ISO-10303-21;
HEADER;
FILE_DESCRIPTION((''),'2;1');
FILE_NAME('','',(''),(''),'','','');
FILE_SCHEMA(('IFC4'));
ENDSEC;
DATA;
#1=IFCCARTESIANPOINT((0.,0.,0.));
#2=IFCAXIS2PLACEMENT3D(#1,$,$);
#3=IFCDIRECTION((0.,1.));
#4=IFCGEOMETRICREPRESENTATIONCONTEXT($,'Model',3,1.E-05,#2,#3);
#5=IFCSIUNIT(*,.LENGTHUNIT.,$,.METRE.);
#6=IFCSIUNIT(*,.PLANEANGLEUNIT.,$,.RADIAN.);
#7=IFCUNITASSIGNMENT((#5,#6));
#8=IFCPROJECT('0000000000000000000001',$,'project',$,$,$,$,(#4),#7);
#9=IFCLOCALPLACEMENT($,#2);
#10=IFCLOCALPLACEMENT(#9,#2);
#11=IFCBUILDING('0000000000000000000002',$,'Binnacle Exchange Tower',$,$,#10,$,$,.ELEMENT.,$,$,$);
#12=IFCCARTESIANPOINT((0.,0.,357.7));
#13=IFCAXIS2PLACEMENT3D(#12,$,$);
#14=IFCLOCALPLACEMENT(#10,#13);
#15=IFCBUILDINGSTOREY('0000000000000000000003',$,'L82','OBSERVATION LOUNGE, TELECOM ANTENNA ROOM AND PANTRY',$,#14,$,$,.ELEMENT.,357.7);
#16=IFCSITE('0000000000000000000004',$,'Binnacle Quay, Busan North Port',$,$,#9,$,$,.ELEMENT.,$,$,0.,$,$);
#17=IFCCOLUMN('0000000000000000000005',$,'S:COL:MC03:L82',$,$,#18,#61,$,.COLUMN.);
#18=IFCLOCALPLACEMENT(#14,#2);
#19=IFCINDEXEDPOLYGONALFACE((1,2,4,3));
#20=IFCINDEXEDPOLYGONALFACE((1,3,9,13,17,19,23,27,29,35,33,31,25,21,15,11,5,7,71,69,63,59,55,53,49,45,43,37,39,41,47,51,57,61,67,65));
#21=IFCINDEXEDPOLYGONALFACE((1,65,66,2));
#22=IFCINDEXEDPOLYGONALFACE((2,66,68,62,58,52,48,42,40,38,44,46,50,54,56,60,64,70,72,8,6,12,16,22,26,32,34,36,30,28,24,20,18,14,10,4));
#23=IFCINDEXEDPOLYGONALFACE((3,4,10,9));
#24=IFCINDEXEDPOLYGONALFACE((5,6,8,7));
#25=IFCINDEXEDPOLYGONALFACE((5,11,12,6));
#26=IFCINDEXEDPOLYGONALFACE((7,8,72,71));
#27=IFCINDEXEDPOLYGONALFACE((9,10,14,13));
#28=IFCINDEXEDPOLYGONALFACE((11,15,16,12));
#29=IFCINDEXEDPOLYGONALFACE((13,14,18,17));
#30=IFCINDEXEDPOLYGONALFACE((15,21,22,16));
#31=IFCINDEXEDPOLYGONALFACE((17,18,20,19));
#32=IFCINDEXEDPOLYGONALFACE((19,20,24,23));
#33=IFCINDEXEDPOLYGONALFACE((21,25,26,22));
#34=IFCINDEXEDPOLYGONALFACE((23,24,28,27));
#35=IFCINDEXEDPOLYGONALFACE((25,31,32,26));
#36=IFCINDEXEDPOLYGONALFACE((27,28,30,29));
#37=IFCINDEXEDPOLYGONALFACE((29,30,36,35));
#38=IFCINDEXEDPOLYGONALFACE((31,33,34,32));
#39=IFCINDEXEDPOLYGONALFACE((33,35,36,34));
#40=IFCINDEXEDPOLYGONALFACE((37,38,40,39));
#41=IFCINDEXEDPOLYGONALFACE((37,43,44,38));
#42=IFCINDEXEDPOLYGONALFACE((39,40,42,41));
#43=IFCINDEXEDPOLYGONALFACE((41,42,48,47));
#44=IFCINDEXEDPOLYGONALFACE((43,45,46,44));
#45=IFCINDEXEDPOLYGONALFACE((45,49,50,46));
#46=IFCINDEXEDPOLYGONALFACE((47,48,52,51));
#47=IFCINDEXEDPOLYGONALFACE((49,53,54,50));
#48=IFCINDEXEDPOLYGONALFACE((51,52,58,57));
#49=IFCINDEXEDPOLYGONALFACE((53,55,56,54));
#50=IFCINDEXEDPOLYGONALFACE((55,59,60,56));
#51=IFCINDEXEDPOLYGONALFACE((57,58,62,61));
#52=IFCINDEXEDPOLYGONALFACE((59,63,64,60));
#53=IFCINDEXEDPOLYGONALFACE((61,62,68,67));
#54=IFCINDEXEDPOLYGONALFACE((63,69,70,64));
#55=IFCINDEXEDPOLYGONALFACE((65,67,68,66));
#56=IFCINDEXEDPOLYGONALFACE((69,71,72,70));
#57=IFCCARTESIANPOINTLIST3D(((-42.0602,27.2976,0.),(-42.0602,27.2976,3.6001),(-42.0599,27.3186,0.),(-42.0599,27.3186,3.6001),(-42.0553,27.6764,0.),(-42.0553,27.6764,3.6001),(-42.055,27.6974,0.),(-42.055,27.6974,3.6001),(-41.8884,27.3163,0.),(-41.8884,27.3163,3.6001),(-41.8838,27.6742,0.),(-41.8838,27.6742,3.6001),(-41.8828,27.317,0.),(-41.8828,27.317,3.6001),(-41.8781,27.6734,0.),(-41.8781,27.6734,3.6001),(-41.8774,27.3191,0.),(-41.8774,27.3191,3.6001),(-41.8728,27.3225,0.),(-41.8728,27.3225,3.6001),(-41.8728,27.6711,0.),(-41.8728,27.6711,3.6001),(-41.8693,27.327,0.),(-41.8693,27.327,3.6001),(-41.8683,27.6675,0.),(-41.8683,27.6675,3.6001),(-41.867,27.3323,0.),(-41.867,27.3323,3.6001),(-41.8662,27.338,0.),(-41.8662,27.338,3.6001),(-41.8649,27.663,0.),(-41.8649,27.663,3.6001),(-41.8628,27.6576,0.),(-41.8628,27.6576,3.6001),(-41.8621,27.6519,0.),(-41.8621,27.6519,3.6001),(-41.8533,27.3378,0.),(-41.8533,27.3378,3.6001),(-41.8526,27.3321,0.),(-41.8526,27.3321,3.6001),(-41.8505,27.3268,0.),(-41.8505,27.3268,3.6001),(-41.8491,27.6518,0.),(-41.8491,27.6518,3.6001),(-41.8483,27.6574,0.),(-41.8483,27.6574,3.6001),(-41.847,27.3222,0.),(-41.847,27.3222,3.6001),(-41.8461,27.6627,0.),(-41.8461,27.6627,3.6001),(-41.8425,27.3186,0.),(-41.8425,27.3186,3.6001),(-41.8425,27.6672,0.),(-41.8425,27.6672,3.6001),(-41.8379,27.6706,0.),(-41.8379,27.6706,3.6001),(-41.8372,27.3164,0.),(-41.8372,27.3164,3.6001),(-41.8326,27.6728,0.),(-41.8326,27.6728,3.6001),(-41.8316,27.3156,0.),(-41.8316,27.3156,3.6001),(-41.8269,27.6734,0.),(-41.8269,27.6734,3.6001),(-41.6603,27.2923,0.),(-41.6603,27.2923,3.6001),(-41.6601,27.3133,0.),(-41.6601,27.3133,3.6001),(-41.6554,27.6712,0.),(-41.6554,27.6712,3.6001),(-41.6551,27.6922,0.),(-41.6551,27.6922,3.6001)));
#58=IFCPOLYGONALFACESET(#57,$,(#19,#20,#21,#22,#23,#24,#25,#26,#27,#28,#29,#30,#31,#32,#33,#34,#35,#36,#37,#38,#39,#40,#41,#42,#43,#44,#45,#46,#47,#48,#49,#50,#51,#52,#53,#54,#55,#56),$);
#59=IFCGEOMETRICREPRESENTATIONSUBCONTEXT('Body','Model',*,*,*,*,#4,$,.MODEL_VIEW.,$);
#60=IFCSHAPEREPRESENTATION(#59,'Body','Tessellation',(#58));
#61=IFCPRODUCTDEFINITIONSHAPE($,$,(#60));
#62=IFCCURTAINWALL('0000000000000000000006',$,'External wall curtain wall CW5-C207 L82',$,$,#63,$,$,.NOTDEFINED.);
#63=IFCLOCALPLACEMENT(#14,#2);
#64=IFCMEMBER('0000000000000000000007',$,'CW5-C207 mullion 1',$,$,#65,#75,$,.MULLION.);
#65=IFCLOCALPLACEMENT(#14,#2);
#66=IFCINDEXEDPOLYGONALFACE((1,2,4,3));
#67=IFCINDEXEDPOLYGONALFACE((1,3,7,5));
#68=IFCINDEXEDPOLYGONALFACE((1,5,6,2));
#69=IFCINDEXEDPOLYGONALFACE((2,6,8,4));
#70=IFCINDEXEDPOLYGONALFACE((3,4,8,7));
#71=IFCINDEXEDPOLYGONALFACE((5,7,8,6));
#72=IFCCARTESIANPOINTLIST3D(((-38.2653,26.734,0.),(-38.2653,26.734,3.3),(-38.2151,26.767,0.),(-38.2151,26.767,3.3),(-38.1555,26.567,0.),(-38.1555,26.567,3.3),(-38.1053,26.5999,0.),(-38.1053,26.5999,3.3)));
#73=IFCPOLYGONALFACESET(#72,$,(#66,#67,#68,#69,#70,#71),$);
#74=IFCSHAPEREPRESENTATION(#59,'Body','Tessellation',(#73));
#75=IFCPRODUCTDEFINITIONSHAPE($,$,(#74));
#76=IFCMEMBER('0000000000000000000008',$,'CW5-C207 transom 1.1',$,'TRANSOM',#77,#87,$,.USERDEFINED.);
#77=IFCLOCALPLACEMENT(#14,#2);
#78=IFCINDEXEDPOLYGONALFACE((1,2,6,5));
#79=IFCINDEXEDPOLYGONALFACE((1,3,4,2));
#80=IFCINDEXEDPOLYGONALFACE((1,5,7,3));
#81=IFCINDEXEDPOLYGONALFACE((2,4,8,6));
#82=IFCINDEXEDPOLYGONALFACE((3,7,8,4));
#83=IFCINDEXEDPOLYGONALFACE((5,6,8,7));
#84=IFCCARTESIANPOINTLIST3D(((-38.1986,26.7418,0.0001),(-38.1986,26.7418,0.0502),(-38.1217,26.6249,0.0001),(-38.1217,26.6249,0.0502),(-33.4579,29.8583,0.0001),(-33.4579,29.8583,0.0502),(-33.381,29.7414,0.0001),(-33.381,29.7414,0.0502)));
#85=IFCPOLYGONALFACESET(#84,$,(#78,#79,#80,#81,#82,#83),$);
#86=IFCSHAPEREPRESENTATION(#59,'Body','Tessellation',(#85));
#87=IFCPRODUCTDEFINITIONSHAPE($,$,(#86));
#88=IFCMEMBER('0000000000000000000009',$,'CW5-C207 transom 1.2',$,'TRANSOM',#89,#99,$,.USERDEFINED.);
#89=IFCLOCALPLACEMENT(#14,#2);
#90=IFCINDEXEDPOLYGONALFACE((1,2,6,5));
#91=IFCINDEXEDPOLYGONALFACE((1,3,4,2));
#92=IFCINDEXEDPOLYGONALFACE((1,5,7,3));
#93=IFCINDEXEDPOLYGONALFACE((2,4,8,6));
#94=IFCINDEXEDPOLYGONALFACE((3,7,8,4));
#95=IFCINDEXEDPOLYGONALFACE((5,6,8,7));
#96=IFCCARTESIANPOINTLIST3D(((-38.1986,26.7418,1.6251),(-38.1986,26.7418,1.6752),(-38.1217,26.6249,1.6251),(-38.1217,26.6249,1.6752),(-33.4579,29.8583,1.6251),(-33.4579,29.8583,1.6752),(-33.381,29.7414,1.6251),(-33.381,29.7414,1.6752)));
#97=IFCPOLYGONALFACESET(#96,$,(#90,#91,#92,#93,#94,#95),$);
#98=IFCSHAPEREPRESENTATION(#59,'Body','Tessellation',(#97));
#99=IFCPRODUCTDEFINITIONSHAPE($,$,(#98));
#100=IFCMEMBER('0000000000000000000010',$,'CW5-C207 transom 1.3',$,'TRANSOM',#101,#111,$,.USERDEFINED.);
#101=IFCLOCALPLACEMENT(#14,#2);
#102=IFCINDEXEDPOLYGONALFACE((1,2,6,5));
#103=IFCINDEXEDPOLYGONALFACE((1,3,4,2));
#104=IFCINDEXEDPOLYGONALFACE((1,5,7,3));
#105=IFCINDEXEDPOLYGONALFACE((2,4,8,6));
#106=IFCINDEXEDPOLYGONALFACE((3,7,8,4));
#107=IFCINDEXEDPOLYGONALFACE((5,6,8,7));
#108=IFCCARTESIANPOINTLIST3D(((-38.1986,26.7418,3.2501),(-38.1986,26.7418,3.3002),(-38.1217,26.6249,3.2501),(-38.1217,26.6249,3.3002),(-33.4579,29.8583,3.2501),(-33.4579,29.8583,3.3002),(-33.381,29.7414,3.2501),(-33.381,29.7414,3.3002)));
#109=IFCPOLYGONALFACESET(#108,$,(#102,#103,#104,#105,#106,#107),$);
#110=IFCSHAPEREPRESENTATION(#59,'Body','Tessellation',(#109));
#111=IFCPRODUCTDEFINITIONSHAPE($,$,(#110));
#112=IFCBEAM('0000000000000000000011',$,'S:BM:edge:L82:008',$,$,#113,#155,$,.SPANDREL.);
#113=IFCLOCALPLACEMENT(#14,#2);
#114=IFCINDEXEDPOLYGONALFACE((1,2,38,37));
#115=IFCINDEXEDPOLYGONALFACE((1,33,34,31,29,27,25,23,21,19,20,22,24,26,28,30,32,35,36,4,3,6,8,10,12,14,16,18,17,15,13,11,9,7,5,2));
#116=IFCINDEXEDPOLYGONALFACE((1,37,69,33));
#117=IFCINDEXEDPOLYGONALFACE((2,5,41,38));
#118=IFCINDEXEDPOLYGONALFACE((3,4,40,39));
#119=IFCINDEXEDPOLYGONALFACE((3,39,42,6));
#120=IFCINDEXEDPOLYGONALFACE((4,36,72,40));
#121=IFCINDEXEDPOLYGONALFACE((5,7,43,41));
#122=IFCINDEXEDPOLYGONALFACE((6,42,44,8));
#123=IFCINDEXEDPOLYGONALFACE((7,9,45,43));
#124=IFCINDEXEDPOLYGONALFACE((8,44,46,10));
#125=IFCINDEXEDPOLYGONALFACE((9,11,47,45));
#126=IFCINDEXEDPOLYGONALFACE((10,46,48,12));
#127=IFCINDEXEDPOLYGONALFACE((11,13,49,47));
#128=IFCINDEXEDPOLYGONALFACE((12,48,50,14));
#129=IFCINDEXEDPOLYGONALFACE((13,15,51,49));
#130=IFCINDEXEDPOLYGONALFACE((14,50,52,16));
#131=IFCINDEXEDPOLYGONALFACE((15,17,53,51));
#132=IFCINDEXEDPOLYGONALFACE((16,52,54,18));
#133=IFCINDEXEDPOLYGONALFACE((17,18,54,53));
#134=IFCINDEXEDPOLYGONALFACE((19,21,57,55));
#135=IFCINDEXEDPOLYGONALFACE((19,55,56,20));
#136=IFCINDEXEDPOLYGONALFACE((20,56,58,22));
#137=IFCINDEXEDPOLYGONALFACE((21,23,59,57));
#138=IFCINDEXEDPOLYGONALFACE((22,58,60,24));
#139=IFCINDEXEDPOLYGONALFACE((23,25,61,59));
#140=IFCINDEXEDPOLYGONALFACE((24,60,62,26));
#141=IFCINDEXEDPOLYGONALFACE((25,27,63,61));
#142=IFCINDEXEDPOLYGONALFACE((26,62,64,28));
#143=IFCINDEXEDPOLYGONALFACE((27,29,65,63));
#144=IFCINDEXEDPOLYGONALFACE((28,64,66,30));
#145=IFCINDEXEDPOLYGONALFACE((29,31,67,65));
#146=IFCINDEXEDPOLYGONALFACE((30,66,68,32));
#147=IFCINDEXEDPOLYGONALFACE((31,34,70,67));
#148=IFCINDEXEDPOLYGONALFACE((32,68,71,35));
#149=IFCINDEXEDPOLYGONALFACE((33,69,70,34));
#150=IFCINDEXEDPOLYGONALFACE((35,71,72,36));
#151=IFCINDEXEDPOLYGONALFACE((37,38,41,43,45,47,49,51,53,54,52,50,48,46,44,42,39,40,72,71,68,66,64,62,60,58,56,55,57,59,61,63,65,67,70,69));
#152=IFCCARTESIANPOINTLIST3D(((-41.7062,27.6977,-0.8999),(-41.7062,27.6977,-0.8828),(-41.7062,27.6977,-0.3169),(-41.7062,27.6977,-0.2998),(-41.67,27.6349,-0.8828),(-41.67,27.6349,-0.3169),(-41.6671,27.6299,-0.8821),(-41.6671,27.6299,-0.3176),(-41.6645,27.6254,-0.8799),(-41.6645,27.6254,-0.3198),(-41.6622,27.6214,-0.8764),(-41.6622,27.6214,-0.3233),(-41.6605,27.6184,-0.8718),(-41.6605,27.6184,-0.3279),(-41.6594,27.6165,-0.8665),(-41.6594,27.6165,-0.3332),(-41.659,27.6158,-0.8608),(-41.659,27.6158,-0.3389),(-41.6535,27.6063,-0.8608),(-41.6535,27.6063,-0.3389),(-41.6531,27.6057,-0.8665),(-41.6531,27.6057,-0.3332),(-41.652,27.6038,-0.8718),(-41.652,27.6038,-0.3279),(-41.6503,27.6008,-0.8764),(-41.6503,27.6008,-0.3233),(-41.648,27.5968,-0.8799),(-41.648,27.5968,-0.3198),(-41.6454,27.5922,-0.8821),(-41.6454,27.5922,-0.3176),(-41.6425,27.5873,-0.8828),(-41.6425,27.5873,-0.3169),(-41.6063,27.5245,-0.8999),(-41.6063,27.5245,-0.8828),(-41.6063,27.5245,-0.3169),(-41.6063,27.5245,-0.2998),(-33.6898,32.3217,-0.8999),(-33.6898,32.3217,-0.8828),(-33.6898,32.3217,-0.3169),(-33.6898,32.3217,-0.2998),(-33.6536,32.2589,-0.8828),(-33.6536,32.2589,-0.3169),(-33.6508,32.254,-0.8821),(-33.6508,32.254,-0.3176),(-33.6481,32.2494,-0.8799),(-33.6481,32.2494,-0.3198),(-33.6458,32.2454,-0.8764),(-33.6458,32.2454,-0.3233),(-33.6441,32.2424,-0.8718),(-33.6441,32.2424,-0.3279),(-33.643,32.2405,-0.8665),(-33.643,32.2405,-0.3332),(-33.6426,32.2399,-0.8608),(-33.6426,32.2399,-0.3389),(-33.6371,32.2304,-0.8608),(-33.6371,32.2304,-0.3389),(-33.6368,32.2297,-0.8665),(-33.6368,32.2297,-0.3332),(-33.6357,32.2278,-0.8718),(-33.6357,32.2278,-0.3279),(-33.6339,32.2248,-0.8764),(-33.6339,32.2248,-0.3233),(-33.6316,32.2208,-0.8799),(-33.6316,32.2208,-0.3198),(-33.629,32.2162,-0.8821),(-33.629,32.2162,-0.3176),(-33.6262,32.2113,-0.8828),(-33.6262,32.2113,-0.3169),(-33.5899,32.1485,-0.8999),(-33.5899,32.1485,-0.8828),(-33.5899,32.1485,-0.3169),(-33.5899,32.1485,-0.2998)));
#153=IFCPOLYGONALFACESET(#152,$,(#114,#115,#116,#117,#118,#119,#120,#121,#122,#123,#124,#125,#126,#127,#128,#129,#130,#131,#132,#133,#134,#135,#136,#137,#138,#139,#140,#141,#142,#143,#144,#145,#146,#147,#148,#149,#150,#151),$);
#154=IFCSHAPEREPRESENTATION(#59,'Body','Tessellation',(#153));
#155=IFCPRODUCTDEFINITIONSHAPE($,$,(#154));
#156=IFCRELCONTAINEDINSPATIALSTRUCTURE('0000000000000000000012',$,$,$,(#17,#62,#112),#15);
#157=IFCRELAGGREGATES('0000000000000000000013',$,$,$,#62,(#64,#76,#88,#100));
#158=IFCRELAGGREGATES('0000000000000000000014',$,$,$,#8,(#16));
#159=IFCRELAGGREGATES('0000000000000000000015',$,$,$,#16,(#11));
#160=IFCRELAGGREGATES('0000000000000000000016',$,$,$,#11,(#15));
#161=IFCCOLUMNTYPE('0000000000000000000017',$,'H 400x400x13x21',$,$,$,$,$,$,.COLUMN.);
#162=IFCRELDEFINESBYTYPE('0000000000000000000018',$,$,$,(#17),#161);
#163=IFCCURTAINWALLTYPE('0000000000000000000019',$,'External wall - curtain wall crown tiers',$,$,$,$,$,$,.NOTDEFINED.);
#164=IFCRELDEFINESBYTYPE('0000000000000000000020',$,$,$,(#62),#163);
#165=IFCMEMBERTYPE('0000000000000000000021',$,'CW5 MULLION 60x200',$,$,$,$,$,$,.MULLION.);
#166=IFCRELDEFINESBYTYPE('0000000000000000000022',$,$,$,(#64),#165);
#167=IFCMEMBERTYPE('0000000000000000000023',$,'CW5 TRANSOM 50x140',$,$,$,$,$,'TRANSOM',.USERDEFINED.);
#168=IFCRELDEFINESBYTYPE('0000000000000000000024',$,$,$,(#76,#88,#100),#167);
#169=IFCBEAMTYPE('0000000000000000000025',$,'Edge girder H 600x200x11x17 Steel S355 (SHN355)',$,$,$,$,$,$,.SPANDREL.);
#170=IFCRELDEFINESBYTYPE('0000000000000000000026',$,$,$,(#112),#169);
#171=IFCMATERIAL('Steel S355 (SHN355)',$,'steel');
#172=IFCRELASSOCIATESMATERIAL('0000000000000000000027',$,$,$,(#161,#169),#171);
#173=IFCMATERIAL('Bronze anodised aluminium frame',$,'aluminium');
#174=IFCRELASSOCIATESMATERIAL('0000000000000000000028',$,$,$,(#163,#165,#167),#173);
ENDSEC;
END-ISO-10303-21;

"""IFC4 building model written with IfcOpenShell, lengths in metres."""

from ifc_helpers import new_model, si_unit, direction, frame, origin, origin_2d, place, context, subcontext, project, spatial, rectangle, i_section, extrude, material, material_profile, profile_set, type_object, element, aggregate, save


model = new_model("IFC4")

# Units and contexts
model_context = context("Model", 3, precision=1e-05, world=origin(), true_north=direction((0.0, 1.0)))
body_context = subcontext(model_context, "Body", "Model", "MODEL_VIEW")
ifc_project = project(units=[si_unit("LENGTHUNIT", "METRE"), si_unit("PLANEANGLEUNIT", "RADIAN")], contexts=[model_context])

# Site, building, storey
site_placement = place(None, origin())
site = spatial("IfcSite", under=ifc_project, at=site_placement, Name="Binnacle Quay, Busan North Port", CompositionType="ELEMENT", RefElevation=0.0)
building_placement = place(site_placement, origin())
building = spatial("IfcBuilding", under=site, at=building_placement, Name="Binnacle Exchange Tower", CompositionType="ELEMENT")
storey_placement = place(building_placement, frame((0.0, 0.0, 357.7)))
storey = spatial("IfcBuildingStorey", under=building, at=storey_placement, Name="L82", Description="OBSERVATION LOUNGE, TELECOM ANTENNA ROOM AND PANTRY", CompositionType="ELEMENT", Elevation=357.7)

# Column
ifc_material_1 = material(Name="Steel S355 (SHN355)", Category="steel")
ifc_material_profile_1 = material_profile(ifc_material_1, i_section(OverallWidth=0.3999, OverallDepth=0.3999, WebThickness=0.0129, FlangeThickness=0.021, FilletRadius=0.022, at=origin_2d()), Name="H 400x400x13x21")
ifc_profile_set_1 = profile_set([ifc_material_profile_1], Name="Steel S355 (SHN355)")
column_type = type_object("IfcColumnType", Name="H 400x400x13x21", PredefinedType="COLUMN", material=ifc_profile_set_1)
column_placement = place(storey_placement, frame((-41.8577, 27.4949, 0.0), z_axis=(0.0, 0.0, 1.0), x_axis=(0.999914, -0.01309, 0.0)))
element("IfcColumn", 1, at=column_placement, inside=storey, type_object=column_type, Name="S:COL:MC03:L82", PredefinedType="COLUMN", context=body_context, shape_type="SweptSolid", body=[
    extrude(i_section(OverallWidth=0.3999, OverallDepth=0.3999, WebThickness=0.0129, FlangeThickness=0.021, FilletRadius=0.022, at=origin_2d()), origin(), (0.0, 0.0, 1.0), 3.6001),
])

# Curtain wall, members
ifc_material_2 = material(Name="Bronze anodised aluminium frame", Category="aluminium")
curtain_wall_type = type_object("IfcCurtainWallType", Name="External wall - curtain wall crown tiers", PredefinedType="NOTDEFINED", material=ifc_material_2)
curtain_wall_placement = place(storey_placement, origin())
curtain_wall = element("IfcCurtainWall", 2, at=curtain_wall_placement, inside=storey, type_object=curtain_wall_type, Name="External wall curtain wall CW5-C207 L82", PredefinedType="NOTDEFINED")
ifc_material_profile_2 = material_profile(ifc_material_2, rectangle(XDim=0.2, YDim=0.0601, at=origin_2d()), Name="AL 60x200")
ifc_profile_set_2 = profile_set([ifc_material_profile_2], Name="Bronze anodised aluminium frame")
member_type_1 = type_object("IfcMemberType", Name="CW5 MULLION 60x200", PredefinedType="MULLION", material=ifc_profile_set_2)
member_1_placement = place(storey_placement, frame((-38.1853, 26.667, 0.0), z_axis=(0.0, 0.0, 1.0), x_axis=(-0.54931, 0.835618, 0.0)))
member_1 = element("IfcMember", 3, at=member_1_placement, type_object=member_type_1, Name="CW5-C207 mullion 1", PredefinedType="MULLION", context=body_context, shape_type="SweptSolid", body=[
    extrude(rectangle(XDim=0.2, YDim=0.0601, at=origin_2d()), origin(), (0.0, 0.0, 1.0), 3.3),
])
ifc_material_profile_3 = material_profile(ifc_material_2, rectangle(XDim=0.1399, YDim=0.05, at=origin_2d()), Name="AL 140x50")
ifc_profile_set_3 = profile_set([ifc_material_profile_3], Name="Bronze anodised aluminium frame")
member_type_2 = type_object("IfcMemberType", Name="CW5 TRANSOM 50x140", ElementType="TRANSOM", PredefinedType="USERDEFINED", material=ifc_profile_set_3)
member_2_placement = place(storey_placement, frame((-38.1602, 26.6833, 0.0251), z_axis=(0.835615, 0.549316, 0.0), x_axis=(-0.549316, 0.835615, 0.0)))
member_2 = element("IfcMember", 4, at=member_2_placement, type_object=member_type_2, Name="CW5-C207 transom 1.1", ObjectType="TRANSOM", PredefinedType="USERDEFINED", context=body_context, shape_type="SweptSolid", body=[
    extrude(rectangle(XDim=0.1399, YDim=0.05, at=origin_2d()), origin(), (0.0, 0.0, 1.0), 5.6733),
])
member_3_placement = place(storey_placement, frame((-38.1602, 26.6833, 1.6501), z_axis=(0.835615, 0.549316, 0.0), x_axis=(-0.549316, 0.835615, 0.0)))
member_3 = element("IfcMember", 5, at=member_3_placement, type_object=member_type_2, Name="CW5-C207 transom 1.2", ObjectType="TRANSOM", PredefinedType="USERDEFINED", context=body_context, shape_type="SweptSolid", body=[
    extrude(rectangle(XDim=0.1399, YDim=0.05, at=origin_2d()), origin(), (0.0, 0.0, 1.0), 5.6733),
])
member_4_placement = place(storey_placement, frame((-38.1602, 26.6833, 3.2751), z_axis=(0.835615, 0.549316, 0.0), x_axis=(-0.549316, 0.835615, 0.0)))
member_4 = element("IfcMember", 6, at=member_4_placement, type_object=member_type_2, Name="CW5-C207 transom 1.3", ObjectType="TRANSOM", PredefinedType="USERDEFINED", context=body_context, shape_type="SweptSolid", body=[
    extrude(rectangle(XDim=0.1399, YDim=0.05, at=origin_2d()), origin(), (0.0, 0.0, 1.0), 5.6733),
])

# Beam
ifc_material_profile_4 = material_profile(ifc_material_1, i_section(OverallWidth=0.2, OverallDepth=0.6001, WebThickness=0.011, FlangeThickness=0.0171, FilletRadius=0.022, at=origin_2d()), Name="H 600x200x11x17")
ifc_profile_set_4 = profile_set([ifc_material_profile_4], Name="Steel S355 (SHN355)")
beam_type_1 = type_object("IfcBeamType", Name="Edge girder H 600x200x11x17 Steel S355 (SHN355)", PredefinedType="SPANDREL", material=ifc_profile_set_4)
beam_1_placement = place(storey_placement, frame((-41.6562, 27.6111, -0.5999), z_axis=(0.866223, 0.499658, 0.0), x_axis=(-0.499658, 0.866223, 0.0)))
element("IfcBeam", 7, at=beam_1_placement, inside=storey, type_object=beam_type_1, Name="S:BM:edge:L82:008", PredefinedType="SPANDREL", context=body_context, shape_type="SweptSolid", body=[
    extrude(i_section(OverallWidth=0.2, OverallDepth=0.6001, WebThickness=0.011, FlangeThickness=0.0171, FilletRadius=0.022, at=origin_2d()), origin(), (0.0, 0.0, 1.0), 9.2544),
])

aggregate(curtain_wall, [member_1, member_2, member_3, member_4])

save(model, "model.ifc")
